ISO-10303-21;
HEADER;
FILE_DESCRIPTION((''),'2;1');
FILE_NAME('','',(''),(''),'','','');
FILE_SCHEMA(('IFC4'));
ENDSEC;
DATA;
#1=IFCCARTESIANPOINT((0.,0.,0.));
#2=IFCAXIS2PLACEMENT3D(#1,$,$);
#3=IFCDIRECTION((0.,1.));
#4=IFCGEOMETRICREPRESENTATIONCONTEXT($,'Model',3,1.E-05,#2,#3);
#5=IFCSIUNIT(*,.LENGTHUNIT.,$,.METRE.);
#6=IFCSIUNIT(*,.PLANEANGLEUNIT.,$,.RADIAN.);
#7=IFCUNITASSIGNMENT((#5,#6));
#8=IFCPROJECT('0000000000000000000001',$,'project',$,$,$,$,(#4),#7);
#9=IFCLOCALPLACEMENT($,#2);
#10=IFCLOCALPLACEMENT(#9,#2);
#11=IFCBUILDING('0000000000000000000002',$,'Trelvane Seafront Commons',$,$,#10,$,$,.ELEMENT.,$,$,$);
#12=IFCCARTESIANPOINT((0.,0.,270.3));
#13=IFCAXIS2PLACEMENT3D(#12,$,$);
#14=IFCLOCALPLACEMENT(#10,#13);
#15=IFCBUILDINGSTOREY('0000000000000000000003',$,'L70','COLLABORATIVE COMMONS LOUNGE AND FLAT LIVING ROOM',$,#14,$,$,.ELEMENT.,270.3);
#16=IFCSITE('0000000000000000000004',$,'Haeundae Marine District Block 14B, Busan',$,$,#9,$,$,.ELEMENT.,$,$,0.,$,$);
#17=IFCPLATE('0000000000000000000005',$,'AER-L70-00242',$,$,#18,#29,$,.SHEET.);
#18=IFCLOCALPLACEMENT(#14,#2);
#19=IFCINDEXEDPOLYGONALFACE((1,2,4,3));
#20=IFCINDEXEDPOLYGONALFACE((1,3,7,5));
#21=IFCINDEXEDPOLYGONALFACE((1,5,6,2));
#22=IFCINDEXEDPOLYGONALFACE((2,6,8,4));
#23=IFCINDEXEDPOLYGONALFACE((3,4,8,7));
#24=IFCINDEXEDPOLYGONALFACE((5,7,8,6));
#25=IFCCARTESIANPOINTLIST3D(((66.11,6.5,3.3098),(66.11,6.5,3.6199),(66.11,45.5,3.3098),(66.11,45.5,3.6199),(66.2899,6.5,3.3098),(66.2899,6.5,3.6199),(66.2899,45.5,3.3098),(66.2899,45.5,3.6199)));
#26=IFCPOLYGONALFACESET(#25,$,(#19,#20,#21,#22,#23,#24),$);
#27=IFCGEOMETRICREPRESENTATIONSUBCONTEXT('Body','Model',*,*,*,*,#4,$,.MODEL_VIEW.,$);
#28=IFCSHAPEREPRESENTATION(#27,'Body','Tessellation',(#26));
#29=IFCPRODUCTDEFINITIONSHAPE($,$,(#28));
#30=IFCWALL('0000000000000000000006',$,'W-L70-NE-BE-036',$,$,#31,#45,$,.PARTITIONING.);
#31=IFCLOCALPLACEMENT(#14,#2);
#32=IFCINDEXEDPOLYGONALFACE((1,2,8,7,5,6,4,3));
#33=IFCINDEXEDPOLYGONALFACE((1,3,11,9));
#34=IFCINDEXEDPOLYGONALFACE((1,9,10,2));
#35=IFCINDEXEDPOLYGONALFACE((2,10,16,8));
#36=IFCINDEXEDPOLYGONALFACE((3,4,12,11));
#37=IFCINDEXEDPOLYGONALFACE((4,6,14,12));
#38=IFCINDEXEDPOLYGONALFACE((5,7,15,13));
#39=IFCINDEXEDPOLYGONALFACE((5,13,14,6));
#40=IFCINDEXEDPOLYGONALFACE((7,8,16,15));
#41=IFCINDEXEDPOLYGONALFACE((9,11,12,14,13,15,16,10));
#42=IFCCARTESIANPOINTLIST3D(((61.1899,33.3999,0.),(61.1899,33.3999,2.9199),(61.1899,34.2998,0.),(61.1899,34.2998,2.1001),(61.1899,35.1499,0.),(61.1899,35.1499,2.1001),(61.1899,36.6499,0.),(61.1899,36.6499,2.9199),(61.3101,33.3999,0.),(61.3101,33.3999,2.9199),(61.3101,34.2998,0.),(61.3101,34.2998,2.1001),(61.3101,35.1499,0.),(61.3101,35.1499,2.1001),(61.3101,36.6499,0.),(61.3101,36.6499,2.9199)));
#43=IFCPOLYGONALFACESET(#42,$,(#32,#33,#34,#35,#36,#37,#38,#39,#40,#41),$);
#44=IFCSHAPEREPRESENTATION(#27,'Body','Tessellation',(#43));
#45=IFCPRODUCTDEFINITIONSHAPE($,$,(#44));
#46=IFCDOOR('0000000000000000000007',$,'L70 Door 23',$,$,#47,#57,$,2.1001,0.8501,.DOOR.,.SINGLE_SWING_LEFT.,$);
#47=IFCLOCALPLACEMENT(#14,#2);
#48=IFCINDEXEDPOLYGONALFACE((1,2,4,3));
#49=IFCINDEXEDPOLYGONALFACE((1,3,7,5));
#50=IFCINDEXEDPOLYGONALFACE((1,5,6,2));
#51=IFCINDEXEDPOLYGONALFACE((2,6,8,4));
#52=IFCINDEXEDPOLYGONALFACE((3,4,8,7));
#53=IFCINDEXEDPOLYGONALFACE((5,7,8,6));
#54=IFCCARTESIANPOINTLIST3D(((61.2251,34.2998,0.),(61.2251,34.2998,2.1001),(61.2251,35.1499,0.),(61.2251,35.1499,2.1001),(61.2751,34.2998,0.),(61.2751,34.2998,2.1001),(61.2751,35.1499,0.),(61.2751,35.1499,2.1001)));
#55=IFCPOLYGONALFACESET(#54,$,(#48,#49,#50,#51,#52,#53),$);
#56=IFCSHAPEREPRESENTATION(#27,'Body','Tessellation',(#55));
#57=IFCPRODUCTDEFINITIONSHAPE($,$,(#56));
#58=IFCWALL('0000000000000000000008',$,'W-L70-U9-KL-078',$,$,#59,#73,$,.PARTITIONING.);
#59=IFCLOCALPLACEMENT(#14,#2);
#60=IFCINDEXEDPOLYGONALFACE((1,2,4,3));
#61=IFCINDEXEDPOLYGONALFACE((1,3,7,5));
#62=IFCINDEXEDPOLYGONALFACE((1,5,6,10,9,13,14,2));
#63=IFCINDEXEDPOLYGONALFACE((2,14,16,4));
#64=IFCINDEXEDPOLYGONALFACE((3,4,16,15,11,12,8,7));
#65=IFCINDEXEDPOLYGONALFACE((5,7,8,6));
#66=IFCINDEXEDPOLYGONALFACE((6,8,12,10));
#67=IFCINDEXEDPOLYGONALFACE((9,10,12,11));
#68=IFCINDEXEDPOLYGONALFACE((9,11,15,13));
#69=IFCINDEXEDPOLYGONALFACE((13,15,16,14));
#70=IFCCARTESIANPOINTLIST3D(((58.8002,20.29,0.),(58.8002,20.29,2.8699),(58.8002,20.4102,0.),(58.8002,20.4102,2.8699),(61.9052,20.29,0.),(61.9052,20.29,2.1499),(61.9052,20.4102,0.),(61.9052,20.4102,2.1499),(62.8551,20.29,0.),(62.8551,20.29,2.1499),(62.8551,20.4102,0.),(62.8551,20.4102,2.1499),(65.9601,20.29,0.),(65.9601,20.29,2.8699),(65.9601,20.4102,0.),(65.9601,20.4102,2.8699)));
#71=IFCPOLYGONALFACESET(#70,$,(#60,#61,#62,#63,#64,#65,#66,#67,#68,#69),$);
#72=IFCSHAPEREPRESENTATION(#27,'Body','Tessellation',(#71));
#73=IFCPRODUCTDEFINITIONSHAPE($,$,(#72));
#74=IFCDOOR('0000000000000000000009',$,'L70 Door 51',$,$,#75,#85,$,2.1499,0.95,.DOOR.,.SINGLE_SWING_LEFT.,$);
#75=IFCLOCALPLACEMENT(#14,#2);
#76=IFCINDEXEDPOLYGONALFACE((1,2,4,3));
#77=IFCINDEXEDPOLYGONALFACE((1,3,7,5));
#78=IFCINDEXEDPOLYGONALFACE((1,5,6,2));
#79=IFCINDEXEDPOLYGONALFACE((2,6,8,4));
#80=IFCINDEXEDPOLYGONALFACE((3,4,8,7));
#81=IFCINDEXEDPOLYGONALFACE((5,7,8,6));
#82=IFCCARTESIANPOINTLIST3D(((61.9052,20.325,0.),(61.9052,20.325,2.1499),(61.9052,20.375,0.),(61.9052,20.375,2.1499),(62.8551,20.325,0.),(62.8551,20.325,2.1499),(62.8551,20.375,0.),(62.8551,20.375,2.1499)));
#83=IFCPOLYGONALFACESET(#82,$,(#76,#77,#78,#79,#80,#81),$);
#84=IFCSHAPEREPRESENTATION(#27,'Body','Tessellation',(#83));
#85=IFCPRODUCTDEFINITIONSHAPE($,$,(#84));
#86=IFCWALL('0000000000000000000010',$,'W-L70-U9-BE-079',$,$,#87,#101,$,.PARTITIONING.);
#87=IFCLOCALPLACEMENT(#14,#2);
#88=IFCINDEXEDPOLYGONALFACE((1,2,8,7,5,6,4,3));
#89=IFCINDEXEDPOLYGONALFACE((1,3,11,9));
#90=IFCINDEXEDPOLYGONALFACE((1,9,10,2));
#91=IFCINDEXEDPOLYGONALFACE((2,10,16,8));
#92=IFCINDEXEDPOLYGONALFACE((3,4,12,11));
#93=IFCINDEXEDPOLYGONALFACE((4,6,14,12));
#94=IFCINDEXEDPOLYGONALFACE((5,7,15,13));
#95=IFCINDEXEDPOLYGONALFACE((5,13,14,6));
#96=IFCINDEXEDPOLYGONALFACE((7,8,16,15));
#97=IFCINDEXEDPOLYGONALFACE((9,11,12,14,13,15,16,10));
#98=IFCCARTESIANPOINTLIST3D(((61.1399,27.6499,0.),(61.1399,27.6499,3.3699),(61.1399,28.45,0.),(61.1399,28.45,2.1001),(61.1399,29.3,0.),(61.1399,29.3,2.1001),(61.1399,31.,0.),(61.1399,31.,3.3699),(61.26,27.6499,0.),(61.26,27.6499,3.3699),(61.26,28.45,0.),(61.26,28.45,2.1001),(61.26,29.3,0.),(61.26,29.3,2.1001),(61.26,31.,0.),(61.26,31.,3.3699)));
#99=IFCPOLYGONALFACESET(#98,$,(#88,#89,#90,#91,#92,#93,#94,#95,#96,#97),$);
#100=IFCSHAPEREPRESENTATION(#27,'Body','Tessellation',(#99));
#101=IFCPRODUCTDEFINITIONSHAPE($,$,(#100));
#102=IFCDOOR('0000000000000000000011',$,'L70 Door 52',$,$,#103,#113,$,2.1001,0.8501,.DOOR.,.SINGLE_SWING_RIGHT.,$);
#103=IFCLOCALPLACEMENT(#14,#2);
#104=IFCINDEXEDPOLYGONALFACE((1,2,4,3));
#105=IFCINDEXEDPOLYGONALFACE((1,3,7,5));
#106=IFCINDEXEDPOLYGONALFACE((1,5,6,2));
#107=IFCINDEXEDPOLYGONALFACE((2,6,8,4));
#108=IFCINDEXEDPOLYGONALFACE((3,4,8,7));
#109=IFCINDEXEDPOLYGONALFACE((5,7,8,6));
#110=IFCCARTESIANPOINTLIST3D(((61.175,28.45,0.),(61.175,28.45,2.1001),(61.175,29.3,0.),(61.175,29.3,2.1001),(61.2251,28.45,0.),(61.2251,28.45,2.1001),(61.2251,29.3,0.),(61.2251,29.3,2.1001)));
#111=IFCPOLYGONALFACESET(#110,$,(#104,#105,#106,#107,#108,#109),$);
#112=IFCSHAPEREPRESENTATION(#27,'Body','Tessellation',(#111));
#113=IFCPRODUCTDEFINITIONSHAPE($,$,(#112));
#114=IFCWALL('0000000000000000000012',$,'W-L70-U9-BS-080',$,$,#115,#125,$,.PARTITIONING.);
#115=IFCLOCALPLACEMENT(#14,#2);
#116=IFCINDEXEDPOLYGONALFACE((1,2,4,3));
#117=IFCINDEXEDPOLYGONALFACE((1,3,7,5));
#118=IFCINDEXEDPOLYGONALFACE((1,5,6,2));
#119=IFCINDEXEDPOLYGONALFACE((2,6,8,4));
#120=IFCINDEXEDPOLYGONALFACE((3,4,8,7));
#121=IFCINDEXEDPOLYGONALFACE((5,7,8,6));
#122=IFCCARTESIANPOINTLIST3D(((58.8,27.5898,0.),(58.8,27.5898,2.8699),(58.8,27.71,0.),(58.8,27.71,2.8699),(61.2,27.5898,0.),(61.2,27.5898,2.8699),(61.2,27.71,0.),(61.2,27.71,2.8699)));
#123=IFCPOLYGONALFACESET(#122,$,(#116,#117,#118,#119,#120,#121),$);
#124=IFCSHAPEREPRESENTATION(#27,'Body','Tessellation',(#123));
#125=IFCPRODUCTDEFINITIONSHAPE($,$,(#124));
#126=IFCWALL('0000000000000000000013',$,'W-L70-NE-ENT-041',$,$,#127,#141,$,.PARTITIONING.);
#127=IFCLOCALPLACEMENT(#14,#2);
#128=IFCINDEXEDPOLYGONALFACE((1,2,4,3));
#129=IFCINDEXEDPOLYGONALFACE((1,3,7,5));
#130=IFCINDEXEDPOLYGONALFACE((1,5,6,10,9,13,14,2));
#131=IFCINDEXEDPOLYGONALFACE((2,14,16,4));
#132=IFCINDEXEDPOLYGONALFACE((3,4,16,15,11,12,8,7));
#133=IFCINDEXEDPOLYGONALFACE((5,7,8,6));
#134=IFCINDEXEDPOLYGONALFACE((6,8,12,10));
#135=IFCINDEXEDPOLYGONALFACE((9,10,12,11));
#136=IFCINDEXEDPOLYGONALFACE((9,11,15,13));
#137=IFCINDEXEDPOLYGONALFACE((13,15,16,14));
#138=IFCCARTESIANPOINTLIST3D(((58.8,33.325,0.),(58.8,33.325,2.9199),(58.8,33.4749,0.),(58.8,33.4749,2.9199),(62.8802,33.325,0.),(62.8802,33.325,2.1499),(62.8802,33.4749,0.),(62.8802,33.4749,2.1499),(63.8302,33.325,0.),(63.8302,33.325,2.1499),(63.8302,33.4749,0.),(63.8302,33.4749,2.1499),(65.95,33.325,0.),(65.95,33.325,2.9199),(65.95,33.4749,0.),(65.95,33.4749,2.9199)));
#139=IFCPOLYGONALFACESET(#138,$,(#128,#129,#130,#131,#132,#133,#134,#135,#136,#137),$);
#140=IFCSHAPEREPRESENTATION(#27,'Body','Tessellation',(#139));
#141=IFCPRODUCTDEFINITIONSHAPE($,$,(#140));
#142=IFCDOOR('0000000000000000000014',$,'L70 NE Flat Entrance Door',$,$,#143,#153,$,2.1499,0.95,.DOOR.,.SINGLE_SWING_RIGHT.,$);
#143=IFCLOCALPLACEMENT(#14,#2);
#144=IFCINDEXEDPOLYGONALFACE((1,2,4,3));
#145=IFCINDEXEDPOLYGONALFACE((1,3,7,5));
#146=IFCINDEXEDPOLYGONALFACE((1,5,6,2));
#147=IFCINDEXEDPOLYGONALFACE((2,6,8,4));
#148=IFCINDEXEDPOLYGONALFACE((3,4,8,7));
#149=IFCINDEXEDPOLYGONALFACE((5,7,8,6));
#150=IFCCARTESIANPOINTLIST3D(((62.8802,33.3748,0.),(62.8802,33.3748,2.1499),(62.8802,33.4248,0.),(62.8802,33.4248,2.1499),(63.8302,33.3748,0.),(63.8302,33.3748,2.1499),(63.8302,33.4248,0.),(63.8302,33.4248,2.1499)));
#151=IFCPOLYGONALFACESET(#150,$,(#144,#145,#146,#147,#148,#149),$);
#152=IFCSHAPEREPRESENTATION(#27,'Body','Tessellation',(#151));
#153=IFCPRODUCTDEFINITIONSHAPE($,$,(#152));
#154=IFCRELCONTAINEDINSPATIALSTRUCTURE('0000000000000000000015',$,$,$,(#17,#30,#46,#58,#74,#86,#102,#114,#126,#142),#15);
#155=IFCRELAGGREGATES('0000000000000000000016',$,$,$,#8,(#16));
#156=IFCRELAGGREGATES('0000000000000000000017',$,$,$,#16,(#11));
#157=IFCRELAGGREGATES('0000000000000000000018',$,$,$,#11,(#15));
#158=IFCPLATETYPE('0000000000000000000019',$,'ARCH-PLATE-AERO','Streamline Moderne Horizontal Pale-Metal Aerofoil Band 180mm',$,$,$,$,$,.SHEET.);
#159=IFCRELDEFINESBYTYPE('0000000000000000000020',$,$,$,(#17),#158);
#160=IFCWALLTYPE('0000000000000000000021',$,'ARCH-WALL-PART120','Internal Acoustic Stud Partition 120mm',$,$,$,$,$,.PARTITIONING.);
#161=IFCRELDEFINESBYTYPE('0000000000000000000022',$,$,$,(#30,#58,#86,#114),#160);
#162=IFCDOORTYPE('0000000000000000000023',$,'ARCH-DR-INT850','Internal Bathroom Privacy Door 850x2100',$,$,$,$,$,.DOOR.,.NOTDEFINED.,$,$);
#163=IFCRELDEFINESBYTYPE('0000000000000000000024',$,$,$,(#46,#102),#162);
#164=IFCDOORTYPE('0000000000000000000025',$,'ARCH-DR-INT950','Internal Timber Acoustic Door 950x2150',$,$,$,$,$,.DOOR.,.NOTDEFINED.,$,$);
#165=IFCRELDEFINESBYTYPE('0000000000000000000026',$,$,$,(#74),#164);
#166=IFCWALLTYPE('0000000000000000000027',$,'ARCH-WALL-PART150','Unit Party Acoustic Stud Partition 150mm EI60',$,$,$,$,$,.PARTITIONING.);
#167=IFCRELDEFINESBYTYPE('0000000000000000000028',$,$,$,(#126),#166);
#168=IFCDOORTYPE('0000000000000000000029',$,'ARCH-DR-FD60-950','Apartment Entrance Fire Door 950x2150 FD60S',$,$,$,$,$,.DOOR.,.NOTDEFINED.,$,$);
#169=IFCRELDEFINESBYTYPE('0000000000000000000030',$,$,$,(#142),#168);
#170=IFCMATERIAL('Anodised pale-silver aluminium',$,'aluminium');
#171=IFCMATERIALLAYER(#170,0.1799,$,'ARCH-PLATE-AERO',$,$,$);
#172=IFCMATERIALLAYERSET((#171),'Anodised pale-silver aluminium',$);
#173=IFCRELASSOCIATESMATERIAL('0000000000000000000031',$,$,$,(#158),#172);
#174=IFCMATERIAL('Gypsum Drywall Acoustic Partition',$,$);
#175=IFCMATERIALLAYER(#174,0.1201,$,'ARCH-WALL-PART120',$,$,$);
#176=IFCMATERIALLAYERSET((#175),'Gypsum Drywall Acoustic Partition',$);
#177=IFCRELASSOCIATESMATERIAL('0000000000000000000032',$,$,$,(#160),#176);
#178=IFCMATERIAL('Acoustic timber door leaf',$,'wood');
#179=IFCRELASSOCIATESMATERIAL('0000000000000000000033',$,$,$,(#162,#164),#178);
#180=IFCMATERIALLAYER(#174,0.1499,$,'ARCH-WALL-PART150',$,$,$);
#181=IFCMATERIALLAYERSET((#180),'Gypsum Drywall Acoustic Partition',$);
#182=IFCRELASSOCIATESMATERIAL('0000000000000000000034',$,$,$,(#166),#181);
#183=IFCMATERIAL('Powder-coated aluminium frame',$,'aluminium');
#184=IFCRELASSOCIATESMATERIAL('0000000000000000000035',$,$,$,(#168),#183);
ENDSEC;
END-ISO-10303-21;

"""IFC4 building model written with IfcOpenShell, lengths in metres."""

from ifc_helpers import new_model, si_unit, direction, frame, frame_2d, origin, origin_2d, place, context, subcontext, project, spatial, rectangle, extrude, source, transform, mapped, material, layer, layer_set, type_object, element, fill, save


model = new_model("IFC4")

# Units and contexts
model_context = context("Model", 3, precision=1e-05, world=origin(), true_north=direction((0.0, 1.0)))
body_context = subcontext(model_context, "Body", "Model", "MODEL_VIEW")
ifc_project = project(units=[si_unit("LENGTHUNIT", "METRE"), si_unit("PLANEANGLEUNIT", "RADIAN")], contexts=[model_context])

# Site, building, storey
site_placement = place(None, origin())
site = spatial("IfcSite", under=ifc_project, at=site_placement, Name="Haeundae Marine District Block 14B, Busan", CompositionType="ELEMENT", RefElevation=0.0)
building_placement = place(site_placement, origin())
building = spatial("IfcBuilding", under=site, at=building_placement, Name="Trelvane Seafront Commons", CompositionType="ELEMENT")
storey_placement = place(building_placement, frame((0.0, 0.0, 270.3)))
storey = spatial("IfcBuildingStorey", under=building, at=storey_placement, Name="L70", Description="COLLABORATIVE COMMONS LOUNGE AND FLAT LIVING ROOM", CompositionType="ELEMENT", Elevation=270.3)

# Plate
ifc_material_1 = material(Name="Anodised pale-silver aluminium", Category="aluminium")
ifc_layer_1 = layer(ifc_material_1, 0.1799, Name="ARCH-PLATE-AERO")
ifc_layer_set_1 = layer_set([ifc_layer_1], Name="Anodised pale-silver aluminium")
plate_type = type_object("IfcPlateType", Name="ARCH-PLATE-AERO", Description="Streamline Moderne Horizontal Pale-Metal Aerofoil Band 180mm", PredefinedType="SHEET", material=ifc_layer_set_1)
shared_shape_1 = source(origin(), body_context, "Body", "SweptSolid", [
    extrude(rectangle(XDim=39.0, YDim=0.1799, at=origin_2d()), origin(), (0.0, 0.0, 1.0), 0.3101),
])
plate_placement = place(storey_placement, frame((66.2, 26.0, 3.3098), z_axis=(0.0, 0.0, 1.0), x_axis=(0.0, -1.0, 0.0)))
element("IfcPlate", 1, at=plate_placement, inside=storey, type_object=plate_type, Name="AER-L70-00242", PredefinedType="SHEET", context=body_context, shape_type="MappedRepresentation", body=[
    mapped(shared_shape_1, transform((0.0, 0.0, 0.0), x_axis=(1.0, 0.0, 0.0), y_axis=(0.0, 1.0, 0.0), z_axis=(0.0, 0.0, 1.0), scale=1.0)),
])

# Walls, openings, doors
ifc_material_2 = material(Name="Gypsum Drywall Acoustic Partition")
ifc_layer_2 = layer(ifc_material_2, 0.1201, Name="ARCH-WALL-PART120")
ifc_layer_set_2 = layer_set([ifc_layer_2], Name="Gypsum Drywall Acoustic Partition")
wall_type_1 = type_object("IfcWallType", Name="ARCH-WALL-PART120", Description="Internal Acoustic Stud Partition 120mm", PredefinedType="PARTITIONING", material=ifc_layer_set_2)
wall_1_placement = place(storey_placement, frame((61.25, 33.3999, 0.0), z_axis=(0.0, 0.0, 1.0), x_axis=(0.0, 1.0, 0.0)))
wall_1 = element("IfcWall", 2, at=wall_1_placement, inside=storey, type_object=wall_type_1, Name="W-L70-NE-BE-036", PredefinedType="PARTITIONING", context=body_context, shape_type="SweptSolid", body=[
    extrude(rectangle(XDim=3.25, YDim=0.1201, at=frame_2d((1.625, 0.0))), origin(), (0.0, 0.0, 1.0), 2.9199),
])
opening_1_placement = place(wall_1_placement, frame((0.8999, 0.0, 0.0)))
opening_1 = element("IfcOpeningElement", 3, at=opening_1_placement, cuts=wall_1, PredefinedType="OPENING", context=body_context, shape_type="SweptSolid", body=[
    extrude(rectangle(XDim=0.8501, YDim=2.1001, at=frame_2d((0.425, 1.05))), frame((0.0, 0.0701, 0.0), z_axis=(0.0, -1.0, 0.0), x_axis=(1.0, 0.0, 0.0)), (0.0, 0.0, 1.0), 0.1401),
])
ifc_material_3 = material(Name="Acoustic timber door leaf", Category="wood")
door_type_1 = type_object("IfcDoorType", Name="ARCH-DR-INT850", Description="Internal Bathroom Privacy Door 850x2100", OperationType="NOTDEFINED", PredefinedType="DOOR", material=ifc_material_3)
shared_shape_2 = source(origin(), body_context, "Body", "SweptSolid", [
    extrude(rectangle(XDim=0.8501, YDim=2.1001, at=frame_2d((0.425, 1.05))), frame((0.0, 0.0249, 0.0), z_axis=(0.0, -1.0, 0.0), x_axis=(1.0, 0.0, 0.0)), (0.0, 0.0, 1.0), 0.05),
])
door_1_placement = place(opening_1_placement, origin())
door_1 = element("IfcDoor", 4, at=door_1_placement, inside=storey, type_object=door_type_1, Name="L70 Door 23", OperationType="SINGLE_SWING_LEFT", OverallHeight=2.1001, OverallWidth=0.8501, PredefinedType="DOOR", context=body_context, shape_type="MappedRepresentation", body=[
    mapped(shared_shape_2, transform((0.0, 0.0, 0.0), x_axis=(1.0, 0.0, 0.0), y_axis=(0.0, 1.0, 0.0), z_axis=(0.0, 0.0, 1.0), scale=1.0)),
])
fill(opening_1, door_1)
wall_2_placement = place(storey_placement, frame((58.8, 20.3501, 0.0), z_axis=(0.0, 0.0, 1.0), x_axis=(1.0, 0.0, 0.0)))
wall_2 = element("IfcWall", 5, at=wall_2_placement, inside=storey, type_object=wall_type_1, Name="W-L70-U9-KL-078", PredefinedType="PARTITIONING", context=body_context, shape_type="SweptSolid", body=[
    extrude(rectangle(XDim=7.1599, YDim=0.1201, at=frame_2d((3.5801, 0.0))), origin(), (0.0, 0.0, 1.0), 2.8699),
])
opening_2_placement = place(wall_2_placement, frame((3.105, 0.0, 0.0)))
opening_2 = element("IfcOpeningElement", 6, at=opening_2_placement, cuts=wall_2, PredefinedType="OPENING", context=body_context, shape_type="SweptSolid", body=[
    extrude(rectangle(XDim=0.95, YDim=2.1499, at=frame_2d((0.4751, 1.075))), frame((0.0, 0.0701, 0.0), z_axis=(0.0, -1.0, 0.0), x_axis=(1.0, 0.0, 0.0)), (0.0, 0.0, 1.0), 0.1401),
])
door_type_2 = type_object("IfcDoorType", Name="ARCH-DR-INT950", Description="Internal Timber Acoustic Door 950x2150", OperationType="NOTDEFINED", PredefinedType="DOOR", material=ifc_material_3)
shared_shape_3 = source(origin(), body_context, "Body", "SweptSolid", [
    extrude(rectangle(XDim=0.95, YDim=2.1499, at=frame_2d((0.4751, 1.075))), frame((0.0, 0.0249, 0.0), z_axis=(0.0, -1.0, 0.0), x_axis=(1.0, 0.0, 0.0)), (0.0, 0.0, 1.0), 0.05),
])
door_2_placement = place(opening_2_placement, origin())
door_2 = element("IfcDoor", 7, at=door_2_placement, inside=storey, type_object=door_type_2, Name="L70 Door 51", OperationType="SINGLE_SWING_LEFT", OverallHeight=2.1499, OverallWidth=0.95, PredefinedType="DOOR", context=body_context, shape_type="MappedRepresentation", body=[
    mapped(shared_shape_3, transform((0.0, 0.0, 0.0), x_axis=(1.0, 0.0, 0.0), y_axis=(0.0, 1.0, 0.0), z_axis=(0.0, 0.0, 1.0), scale=1.0)),
])
fill(opening_2, door_2)
wall_3_placement = place(storey_placement, frame((61.2, 27.6499, 0.0), z_axis=(0.0, 0.0, 1.0), x_axis=(0.0, 1.0, 0.0)))
wall_3 = element("IfcWall", 8, at=wall_3_placement, inside=storey, type_object=wall_type_1, Name="W-L70-U9-BE-079", PredefinedType="PARTITIONING", context=body_context, shape_type="SweptSolid", body=[
    extrude(rectangle(XDim=3.3501, YDim=0.1201, at=frame_2d((1.675, 0.0))), origin(), (0.0, 0.0, 1.0), 3.3699),
])
opening_3_placement = place(wall_3_placement, frame((0.8, 0.0, 0.0)))
opening_3 = element("IfcOpeningElement", 9, at=opening_3_placement, cuts=wall_3, PredefinedType="OPENING", context=body_context, shape_type="SweptSolid", body=[
    extrude(rectangle(XDim=0.8501, YDim=2.1001, at=frame_2d((0.425, 1.05))), frame((0.0, 0.0701, 0.0), z_axis=(0.0, -1.0, 0.0), x_axis=(1.0, 0.0, 0.0)), (0.0, 0.0, 1.0), 0.1401),
])
door_3_placement = place(opening_3_placement, origin())
door_3 = element("IfcDoor", 10, at=door_3_placement, inside=storey, type_object=door_type_1, Name="L70 Door 52", OperationType="SINGLE_SWING_RIGHT", OverallHeight=2.1001, OverallWidth=0.8501, PredefinedType="DOOR", context=body_context, shape_type="MappedRepresentation", body=[
    mapped(shared_shape_2, transform((0.0, 0.0, 0.0), x_axis=(1.0, 0.0, 0.0), y_axis=(0.0, 1.0, 0.0), z_axis=(0.0, 0.0, 1.0), scale=1.0)),
])
fill(opening_3, door_3)

# Wall
wall_4_placement = place(storey_placement, frame((58.8, 27.6499, 0.0), z_axis=(0.0, 0.0, 1.0), x_axis=(1.0, 0.0, 0.0)))
element("IfcWall", 11, at=wall_4_placement, inside=storey, type_object=wall_type_1, Name="W-L70-U9-BS-080", PredefinedType="PARTITIONING", context=body_context, shape_type="SweptSolid", body=[
    extrude(rectangle(XDim=2.3999, YDim=0.1201, at=frame_2d((1.2, 0.0))), origin(), (0.0, 0.0, 1.0), 2.8699),
])

# Wall, opening, door
ifc_layer_3 = layer(ifc_material_2, 0.1499, Name="ARCH-WALL-PART150")
ifc_layer_set_3 = layer_set([ifc_layer_3], Name="Gypsum Drywall Acoustic Partition")
wall_type_2 = type_object("IfcWallType", Name="ARCH-WALL-PART150", Description="Unit Party Acoustic Stud Partition 150mm EI60", PredefinedType="PARTITIONING", material=ifc_layer_set_3)
wall_5_placement = place(storey_placement, frame((58.8, 33.3999, 0.0), z_axis=(0.0, 0.0, 1.0), x_axis=(1.0, 0.0, 0.0)))
wall_5 = element("IfcWall", 12, at=wall_5_placement, inside=storey, type_object=wall_type_2, Name="W-L70-NE-ENT-041", PredefinedType="PARTITIONING", context=body_context, shape_type="SweptSolid", body=[
    extrude(rectangle(XDim=7.1499, YDim=0.1499, at=frame_2d((3.575, 0.0))), origin(), (0.0, 0.0, 1.0), 2.9199),
])
opening_4_placement = place(wall_5_placement, frame((4.0801, 0.0, 0.0)))
opening_4 = element("IfcOpeningElement", 13, at=opening_4_placement, cuts=wall_5, PredefinedType="OPENING", context=body_context, shape_type="SweptSolid", body=[
    extrude(rectangle(XDim=0.95, YDim=2.1499, at=frame_2d((0.4751, 1.075))), frame((0.0, 0.085, 0.0), z_axis=(0.0, -1.0, 0.0), x_axis=(1.0, 0.0, 0.0)), (0.0, 0.0, 1.0), 0.1699),
])
ifc_material_4 = material(Name="Powder-coated aluminium frame", Category="aluminium")
door_type_3 = type_object("IfcDoorType", Name="ARCH-DR-FD60-950", Description="Apartment Entrance Fire Door 950x2150 FD60S", OperationType="NOTDEFINED", PredefinedType="DOOR", material=ifc_material_4)
door_4_placement = place(opening_4_placement, origin())
door_4 = element("IfcDoor", 14, at=door_4_placement, inside=storey, type_object=door_type_3, Name="L70 NE Flat Entrance Door", OperationType="SINGLE_SWING_RIGHT", OverallHeight=2.1499, OverallWidth=0.95, PredefinedType="DOOR", context=body_context, shape_type="MappedRepresentation", body=[
    mapped(shared_shape_3, transform((0.0, 0.0, 0.0), x_axis=(1.0, 0.0, 0.0), y_axis=(0.0, 1.0, 0.0), z_axis=(0.0, 0.0, 1.0), scale=1.0)),
])
fill(opening_4, door_4)

save(model, "model.ifc")
